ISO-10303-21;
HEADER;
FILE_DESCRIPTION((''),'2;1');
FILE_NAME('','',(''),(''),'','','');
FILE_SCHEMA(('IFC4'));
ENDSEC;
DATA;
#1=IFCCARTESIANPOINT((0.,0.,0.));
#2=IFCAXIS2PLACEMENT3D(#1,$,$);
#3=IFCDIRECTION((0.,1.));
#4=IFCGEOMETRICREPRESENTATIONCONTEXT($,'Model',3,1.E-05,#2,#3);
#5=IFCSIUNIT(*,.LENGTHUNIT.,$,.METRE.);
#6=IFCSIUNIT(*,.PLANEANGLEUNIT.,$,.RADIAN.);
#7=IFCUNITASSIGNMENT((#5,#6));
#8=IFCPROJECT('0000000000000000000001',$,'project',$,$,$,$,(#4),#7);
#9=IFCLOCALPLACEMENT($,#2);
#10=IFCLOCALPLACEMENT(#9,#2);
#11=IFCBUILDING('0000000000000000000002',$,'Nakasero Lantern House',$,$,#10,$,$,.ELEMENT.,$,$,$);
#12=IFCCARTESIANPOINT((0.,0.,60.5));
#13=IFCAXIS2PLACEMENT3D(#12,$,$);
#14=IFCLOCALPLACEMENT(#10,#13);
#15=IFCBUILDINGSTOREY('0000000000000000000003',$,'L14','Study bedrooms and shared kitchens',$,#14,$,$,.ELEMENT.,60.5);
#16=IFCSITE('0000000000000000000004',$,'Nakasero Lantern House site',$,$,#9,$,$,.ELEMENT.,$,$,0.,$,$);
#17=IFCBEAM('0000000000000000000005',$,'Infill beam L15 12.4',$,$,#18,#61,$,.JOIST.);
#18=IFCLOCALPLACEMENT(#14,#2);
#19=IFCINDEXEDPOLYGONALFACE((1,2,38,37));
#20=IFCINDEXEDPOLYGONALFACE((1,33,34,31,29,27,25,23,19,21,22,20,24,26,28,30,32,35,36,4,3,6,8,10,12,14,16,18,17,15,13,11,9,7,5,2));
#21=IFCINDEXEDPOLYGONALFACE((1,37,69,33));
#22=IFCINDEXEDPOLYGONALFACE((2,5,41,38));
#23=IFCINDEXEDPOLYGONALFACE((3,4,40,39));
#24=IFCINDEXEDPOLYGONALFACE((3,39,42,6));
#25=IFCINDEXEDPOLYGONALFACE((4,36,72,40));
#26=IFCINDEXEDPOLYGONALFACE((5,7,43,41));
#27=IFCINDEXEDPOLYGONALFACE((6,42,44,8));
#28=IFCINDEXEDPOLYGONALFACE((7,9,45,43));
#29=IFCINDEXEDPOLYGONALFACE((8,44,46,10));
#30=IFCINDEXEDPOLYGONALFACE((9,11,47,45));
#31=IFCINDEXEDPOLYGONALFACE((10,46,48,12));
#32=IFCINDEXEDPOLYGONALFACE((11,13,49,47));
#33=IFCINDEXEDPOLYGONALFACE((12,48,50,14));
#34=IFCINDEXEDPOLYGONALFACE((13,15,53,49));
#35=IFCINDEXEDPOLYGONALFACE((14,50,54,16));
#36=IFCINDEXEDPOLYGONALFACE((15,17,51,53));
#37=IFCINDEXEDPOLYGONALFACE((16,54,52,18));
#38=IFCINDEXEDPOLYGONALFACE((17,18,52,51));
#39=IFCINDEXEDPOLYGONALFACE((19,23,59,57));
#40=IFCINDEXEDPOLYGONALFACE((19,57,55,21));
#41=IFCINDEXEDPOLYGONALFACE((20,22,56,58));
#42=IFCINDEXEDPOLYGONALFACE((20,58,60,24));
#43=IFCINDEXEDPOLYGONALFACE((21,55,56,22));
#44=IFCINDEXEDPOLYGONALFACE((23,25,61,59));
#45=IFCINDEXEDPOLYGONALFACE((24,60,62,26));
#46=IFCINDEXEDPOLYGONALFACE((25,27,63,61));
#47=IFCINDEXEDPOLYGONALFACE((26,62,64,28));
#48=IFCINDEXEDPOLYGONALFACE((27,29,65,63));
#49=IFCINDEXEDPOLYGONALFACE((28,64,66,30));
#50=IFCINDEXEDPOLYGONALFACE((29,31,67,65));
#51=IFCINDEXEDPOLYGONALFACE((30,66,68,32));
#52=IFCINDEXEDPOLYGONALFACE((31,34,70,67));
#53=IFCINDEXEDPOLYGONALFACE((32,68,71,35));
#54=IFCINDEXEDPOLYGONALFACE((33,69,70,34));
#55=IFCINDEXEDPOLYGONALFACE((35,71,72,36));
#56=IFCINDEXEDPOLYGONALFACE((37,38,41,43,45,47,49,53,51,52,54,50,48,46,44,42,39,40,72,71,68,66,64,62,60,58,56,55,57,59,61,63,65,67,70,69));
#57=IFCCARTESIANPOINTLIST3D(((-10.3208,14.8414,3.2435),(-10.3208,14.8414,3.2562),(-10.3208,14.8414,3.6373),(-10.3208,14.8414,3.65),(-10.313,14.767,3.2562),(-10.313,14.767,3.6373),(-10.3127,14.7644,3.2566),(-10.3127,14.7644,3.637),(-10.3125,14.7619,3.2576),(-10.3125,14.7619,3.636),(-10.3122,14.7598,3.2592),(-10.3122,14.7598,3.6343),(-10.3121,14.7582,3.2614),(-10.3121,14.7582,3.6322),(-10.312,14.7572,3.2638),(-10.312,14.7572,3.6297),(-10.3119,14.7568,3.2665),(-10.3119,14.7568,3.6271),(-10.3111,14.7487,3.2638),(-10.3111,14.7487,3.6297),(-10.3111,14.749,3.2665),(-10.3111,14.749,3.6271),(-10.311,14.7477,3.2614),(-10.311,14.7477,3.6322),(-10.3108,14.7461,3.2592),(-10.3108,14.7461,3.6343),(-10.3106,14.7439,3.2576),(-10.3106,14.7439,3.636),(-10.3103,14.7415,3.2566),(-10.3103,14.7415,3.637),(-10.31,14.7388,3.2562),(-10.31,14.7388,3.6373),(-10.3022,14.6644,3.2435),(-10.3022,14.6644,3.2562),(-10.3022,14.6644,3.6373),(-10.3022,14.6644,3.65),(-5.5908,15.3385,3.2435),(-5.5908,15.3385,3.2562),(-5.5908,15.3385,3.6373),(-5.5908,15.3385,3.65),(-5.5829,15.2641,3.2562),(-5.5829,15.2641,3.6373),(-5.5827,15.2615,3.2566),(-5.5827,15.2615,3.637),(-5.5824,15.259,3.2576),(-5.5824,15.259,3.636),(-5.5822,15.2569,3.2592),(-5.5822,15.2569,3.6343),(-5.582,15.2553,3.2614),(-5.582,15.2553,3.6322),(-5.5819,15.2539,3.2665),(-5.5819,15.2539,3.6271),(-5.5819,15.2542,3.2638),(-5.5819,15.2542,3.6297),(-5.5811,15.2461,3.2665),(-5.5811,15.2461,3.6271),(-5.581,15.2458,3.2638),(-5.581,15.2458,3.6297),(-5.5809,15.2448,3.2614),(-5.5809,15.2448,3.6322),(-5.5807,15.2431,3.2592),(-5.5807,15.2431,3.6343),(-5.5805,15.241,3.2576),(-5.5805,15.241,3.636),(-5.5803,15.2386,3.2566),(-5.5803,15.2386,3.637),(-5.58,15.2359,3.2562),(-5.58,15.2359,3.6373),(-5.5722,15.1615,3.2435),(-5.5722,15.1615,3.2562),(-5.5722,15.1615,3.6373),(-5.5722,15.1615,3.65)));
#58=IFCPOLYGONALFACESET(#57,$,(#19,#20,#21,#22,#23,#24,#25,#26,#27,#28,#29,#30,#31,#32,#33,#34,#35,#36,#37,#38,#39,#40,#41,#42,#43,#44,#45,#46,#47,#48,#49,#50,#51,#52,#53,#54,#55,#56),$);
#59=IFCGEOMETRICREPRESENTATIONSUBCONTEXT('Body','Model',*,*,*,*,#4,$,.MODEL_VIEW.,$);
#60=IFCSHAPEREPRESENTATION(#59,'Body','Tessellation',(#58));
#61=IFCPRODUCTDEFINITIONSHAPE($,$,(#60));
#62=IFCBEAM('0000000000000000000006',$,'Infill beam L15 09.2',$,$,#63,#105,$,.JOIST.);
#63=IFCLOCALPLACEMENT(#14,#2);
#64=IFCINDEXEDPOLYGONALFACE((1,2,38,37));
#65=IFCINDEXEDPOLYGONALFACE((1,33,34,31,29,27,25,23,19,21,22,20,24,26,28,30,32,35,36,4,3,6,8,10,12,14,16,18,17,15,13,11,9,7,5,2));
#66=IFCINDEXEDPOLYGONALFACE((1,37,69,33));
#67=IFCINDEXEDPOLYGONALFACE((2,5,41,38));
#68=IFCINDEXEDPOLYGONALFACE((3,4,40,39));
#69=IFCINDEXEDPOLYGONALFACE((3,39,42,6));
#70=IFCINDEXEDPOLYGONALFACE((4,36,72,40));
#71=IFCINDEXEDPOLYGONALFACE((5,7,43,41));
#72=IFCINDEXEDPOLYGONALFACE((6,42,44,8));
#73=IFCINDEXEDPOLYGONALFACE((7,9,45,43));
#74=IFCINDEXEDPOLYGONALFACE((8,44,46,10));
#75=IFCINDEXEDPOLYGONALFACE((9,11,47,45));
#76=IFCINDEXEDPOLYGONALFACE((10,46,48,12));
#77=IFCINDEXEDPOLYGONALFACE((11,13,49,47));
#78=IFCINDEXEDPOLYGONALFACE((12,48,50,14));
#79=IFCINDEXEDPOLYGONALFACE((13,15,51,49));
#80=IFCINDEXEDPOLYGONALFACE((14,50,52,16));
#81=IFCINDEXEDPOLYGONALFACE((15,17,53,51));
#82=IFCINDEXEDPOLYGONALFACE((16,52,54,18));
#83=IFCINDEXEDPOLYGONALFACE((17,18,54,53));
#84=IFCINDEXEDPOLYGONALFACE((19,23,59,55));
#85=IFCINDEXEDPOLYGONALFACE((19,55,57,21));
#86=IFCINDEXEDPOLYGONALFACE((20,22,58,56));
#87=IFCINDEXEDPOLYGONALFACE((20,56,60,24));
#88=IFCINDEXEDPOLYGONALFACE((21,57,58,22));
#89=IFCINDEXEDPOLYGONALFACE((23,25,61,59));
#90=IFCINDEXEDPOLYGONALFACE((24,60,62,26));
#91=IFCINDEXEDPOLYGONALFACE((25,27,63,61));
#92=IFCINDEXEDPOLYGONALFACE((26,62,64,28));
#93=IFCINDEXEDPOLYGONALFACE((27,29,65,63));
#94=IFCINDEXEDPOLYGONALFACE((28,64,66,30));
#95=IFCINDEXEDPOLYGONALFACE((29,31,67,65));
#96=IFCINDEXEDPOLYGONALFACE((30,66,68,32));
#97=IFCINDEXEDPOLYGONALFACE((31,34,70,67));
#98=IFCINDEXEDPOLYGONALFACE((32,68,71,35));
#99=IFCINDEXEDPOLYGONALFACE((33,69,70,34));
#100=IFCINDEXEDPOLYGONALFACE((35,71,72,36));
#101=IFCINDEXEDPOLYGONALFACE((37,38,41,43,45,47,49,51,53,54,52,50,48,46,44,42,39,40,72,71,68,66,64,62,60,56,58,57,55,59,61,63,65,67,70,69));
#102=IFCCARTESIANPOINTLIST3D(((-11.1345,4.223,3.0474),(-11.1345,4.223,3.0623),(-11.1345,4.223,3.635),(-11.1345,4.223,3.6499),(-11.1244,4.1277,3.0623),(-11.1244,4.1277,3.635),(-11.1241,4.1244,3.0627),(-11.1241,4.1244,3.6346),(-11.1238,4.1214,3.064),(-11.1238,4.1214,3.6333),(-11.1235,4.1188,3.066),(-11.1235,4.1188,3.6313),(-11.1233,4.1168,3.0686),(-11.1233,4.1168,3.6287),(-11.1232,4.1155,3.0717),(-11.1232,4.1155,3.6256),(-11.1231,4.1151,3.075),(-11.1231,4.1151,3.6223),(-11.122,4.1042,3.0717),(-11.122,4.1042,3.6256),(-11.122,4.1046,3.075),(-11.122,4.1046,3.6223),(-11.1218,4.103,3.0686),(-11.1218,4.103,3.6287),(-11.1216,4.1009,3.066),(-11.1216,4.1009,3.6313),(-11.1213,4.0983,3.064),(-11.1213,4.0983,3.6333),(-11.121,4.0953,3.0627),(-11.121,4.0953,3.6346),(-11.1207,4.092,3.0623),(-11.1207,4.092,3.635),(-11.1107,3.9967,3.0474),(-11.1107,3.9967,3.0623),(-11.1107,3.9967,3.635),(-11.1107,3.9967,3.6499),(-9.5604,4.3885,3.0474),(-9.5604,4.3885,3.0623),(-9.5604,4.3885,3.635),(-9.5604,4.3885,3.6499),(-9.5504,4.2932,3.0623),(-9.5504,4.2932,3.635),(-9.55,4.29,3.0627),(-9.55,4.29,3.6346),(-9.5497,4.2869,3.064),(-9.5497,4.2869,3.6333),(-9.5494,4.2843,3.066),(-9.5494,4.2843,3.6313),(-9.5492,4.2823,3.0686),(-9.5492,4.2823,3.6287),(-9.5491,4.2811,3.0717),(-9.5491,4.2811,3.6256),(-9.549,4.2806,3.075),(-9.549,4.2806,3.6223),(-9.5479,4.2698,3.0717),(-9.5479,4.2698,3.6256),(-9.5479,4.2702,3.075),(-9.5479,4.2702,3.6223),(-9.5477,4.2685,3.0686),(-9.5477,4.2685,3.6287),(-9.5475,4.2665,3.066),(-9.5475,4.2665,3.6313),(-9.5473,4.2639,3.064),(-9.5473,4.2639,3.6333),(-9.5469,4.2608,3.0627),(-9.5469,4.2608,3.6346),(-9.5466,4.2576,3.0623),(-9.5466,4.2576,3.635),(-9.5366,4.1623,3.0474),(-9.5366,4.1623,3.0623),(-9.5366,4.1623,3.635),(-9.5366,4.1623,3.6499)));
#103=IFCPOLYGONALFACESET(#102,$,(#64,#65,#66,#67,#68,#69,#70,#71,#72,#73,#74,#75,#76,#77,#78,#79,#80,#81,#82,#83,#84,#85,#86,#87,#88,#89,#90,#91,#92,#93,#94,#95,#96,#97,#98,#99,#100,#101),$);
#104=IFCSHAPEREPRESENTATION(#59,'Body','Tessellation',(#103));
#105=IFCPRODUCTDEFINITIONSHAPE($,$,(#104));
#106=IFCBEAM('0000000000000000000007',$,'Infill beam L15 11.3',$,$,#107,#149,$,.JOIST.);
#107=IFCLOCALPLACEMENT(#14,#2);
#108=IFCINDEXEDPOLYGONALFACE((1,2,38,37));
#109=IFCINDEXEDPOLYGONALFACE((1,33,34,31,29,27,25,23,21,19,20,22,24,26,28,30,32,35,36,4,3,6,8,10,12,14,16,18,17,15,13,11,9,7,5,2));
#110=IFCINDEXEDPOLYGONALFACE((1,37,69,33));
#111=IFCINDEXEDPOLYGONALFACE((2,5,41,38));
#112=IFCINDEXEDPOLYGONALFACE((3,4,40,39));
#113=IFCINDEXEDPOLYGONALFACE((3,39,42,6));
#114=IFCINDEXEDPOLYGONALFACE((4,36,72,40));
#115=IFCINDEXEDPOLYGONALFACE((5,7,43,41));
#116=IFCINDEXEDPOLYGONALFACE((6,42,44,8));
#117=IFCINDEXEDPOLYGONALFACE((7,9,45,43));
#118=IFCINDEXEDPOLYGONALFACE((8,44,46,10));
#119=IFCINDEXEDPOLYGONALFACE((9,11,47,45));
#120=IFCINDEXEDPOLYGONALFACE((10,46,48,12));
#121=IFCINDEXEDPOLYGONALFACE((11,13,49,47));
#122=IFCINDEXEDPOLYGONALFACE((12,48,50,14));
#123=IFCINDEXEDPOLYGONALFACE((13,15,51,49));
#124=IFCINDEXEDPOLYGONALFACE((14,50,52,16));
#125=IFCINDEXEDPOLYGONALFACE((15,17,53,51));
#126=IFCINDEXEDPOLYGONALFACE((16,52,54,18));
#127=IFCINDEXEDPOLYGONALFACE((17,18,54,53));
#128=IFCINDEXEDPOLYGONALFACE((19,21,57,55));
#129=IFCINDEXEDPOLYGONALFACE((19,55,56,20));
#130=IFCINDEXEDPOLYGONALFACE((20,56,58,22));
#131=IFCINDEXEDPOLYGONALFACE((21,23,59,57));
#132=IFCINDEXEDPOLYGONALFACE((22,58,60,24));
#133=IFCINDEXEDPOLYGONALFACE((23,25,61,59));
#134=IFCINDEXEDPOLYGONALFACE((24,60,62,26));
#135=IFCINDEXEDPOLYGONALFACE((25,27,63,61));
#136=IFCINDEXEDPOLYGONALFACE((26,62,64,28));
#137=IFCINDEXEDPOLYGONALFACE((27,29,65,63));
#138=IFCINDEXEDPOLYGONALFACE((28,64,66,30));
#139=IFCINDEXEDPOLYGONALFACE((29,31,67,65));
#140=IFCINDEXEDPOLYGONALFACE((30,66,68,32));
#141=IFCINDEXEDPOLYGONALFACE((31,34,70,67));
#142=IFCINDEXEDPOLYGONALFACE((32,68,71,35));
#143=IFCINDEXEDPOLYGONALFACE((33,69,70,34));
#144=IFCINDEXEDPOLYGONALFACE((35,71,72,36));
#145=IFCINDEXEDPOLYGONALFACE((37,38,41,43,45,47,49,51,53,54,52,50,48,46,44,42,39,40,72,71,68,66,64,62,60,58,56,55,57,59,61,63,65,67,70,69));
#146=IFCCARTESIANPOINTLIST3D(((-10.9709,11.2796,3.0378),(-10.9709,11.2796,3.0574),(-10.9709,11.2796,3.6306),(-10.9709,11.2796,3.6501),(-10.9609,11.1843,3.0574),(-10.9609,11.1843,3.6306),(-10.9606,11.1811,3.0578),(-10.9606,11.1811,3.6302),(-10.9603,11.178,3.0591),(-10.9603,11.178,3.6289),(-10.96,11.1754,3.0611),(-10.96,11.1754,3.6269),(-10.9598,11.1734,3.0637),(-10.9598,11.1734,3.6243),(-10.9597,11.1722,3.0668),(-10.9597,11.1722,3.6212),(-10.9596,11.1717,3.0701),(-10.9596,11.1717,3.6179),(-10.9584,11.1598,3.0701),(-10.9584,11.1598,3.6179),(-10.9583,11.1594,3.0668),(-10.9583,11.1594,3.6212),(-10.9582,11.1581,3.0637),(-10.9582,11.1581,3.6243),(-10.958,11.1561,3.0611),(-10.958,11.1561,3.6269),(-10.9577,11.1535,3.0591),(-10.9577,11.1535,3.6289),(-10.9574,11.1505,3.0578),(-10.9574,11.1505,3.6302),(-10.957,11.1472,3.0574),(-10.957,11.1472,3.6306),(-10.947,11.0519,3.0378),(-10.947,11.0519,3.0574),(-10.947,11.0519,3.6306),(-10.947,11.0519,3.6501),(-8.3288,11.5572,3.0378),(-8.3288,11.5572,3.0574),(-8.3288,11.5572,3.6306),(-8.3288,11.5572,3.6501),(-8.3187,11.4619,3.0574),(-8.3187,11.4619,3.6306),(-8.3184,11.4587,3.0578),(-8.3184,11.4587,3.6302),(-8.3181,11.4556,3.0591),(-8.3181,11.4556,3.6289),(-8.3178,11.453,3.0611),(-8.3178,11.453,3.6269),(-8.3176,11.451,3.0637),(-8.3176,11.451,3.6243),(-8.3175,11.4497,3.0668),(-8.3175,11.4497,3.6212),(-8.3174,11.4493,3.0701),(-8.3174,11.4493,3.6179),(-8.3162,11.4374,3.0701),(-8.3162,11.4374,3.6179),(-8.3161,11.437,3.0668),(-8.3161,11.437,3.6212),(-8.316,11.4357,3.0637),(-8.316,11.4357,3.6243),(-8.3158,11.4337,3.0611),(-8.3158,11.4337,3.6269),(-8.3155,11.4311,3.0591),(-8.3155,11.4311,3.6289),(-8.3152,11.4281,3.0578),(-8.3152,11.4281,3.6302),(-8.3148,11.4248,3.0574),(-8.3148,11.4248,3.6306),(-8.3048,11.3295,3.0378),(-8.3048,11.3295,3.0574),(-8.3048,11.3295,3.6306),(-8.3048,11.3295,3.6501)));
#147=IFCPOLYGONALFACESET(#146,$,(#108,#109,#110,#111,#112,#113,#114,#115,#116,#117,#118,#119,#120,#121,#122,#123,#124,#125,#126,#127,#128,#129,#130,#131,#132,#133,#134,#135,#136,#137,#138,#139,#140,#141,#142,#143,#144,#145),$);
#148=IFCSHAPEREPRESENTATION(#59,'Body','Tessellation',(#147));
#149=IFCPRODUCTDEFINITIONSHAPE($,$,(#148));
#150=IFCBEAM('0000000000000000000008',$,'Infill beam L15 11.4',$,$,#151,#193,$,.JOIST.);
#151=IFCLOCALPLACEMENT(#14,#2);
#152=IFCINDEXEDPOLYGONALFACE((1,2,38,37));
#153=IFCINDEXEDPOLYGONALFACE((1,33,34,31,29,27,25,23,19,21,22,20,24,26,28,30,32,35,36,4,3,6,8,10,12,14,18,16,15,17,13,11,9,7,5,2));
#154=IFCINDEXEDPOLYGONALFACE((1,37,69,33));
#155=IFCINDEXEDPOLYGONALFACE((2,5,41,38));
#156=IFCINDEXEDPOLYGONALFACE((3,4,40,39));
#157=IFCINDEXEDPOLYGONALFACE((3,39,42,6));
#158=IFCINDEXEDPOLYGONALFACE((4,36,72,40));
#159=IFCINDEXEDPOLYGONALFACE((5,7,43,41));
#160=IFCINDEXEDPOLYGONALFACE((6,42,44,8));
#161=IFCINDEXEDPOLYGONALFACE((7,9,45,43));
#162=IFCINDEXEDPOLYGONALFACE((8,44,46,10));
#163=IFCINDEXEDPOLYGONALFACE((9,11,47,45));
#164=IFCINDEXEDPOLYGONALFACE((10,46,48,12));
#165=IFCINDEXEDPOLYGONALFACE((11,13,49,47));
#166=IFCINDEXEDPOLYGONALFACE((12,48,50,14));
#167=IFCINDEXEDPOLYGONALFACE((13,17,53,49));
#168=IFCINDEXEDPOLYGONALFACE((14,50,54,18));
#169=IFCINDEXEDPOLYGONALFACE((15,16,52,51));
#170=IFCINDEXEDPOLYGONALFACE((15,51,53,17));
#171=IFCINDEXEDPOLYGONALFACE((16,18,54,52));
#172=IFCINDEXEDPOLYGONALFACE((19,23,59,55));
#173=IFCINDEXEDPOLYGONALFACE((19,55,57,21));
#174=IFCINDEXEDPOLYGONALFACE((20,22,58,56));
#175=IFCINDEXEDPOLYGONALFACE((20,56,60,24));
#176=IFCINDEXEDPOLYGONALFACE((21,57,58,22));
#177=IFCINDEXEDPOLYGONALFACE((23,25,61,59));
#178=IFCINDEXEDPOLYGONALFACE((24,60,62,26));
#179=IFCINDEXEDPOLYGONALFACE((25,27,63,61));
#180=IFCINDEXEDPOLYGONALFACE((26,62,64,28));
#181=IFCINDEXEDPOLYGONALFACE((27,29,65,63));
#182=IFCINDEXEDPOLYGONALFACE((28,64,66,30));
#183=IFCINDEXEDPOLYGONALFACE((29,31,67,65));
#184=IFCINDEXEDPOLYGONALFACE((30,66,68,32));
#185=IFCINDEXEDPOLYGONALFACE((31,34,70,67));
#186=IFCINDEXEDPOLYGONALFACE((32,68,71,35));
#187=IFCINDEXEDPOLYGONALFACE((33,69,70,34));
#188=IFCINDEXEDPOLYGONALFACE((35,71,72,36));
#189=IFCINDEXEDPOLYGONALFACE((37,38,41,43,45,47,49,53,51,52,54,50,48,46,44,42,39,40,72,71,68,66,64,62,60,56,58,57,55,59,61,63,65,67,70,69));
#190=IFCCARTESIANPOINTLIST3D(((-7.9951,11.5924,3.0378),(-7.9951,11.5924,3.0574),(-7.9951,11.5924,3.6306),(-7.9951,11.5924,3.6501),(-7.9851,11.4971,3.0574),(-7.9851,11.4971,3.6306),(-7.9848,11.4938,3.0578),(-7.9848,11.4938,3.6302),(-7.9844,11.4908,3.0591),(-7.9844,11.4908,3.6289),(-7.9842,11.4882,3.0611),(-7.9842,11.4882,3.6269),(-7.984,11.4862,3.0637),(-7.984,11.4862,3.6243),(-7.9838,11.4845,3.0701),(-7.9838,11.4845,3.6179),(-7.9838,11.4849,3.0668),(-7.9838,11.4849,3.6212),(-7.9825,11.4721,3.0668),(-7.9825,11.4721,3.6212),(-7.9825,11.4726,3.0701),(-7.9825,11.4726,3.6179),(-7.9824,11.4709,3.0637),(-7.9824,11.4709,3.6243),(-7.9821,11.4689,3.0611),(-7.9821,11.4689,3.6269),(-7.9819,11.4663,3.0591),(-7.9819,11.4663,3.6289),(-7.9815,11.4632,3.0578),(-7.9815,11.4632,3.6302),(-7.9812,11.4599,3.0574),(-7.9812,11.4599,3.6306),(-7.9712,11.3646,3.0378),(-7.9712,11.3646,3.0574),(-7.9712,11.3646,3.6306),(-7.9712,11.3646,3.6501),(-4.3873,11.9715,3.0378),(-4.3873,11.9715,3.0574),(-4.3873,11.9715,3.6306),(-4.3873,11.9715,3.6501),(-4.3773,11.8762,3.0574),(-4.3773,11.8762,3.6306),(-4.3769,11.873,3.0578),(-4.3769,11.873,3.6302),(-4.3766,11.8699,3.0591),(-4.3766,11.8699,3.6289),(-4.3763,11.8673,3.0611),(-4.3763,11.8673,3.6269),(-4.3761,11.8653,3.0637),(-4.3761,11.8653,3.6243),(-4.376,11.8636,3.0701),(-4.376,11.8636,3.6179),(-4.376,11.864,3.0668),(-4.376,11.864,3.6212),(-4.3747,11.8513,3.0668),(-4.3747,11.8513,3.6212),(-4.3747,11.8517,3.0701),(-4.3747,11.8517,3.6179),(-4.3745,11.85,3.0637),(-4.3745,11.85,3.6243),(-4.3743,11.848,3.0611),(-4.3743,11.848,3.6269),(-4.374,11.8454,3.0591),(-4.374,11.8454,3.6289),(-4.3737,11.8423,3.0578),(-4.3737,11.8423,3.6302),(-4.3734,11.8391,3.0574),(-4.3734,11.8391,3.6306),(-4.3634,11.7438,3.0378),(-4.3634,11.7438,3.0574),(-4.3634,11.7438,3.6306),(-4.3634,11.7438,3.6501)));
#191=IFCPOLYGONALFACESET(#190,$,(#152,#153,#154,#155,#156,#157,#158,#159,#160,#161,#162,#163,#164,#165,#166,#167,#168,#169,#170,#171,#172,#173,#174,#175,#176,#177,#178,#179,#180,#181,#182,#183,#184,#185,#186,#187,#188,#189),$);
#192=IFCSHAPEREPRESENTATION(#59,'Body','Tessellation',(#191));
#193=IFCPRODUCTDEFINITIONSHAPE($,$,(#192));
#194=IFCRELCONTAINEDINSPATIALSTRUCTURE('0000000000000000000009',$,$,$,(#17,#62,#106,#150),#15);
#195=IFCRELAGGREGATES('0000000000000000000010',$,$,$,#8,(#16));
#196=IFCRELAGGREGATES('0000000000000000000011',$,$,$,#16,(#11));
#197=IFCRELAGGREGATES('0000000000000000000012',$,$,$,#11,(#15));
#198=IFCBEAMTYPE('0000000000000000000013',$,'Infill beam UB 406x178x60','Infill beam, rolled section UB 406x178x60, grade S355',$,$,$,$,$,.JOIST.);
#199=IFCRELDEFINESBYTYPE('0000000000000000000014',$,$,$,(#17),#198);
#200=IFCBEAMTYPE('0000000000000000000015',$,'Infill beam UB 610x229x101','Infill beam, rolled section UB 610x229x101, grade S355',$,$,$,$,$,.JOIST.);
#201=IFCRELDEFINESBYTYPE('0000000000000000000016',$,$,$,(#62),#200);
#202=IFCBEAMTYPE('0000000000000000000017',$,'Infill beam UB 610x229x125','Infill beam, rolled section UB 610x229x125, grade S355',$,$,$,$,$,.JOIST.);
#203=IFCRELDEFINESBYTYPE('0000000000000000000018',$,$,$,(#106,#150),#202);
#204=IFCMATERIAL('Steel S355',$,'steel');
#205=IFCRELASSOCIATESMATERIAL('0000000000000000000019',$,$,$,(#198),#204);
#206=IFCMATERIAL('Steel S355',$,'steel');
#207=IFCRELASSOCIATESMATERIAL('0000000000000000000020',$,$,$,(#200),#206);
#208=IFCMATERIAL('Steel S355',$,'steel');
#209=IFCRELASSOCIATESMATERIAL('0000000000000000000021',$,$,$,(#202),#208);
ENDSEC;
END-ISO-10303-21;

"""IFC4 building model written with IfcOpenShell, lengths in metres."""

from ifc_helpers import new_model, si_unit, direction, frame, origin, origin_2d, place, context, subcontext, project, spatial, i_section, extrude, material, material_profile, profile_set, type_object, element, save


model = new_model("IFC4")

# Units and contexts
model_context = context("Model", 3, precision=1e-05, world=origin(), true_north=direction((0.0, 1.0)))
body_context = subcontext(model_context, "Body", "Model", "MODEL_VIEW")
ifc_project = project(units=[si_unit("LENGTHUNIT", "METRE"), si_unit("PLANEANGLEUNIT", "RADIAN")], contexts=[model_context])

# Site, building, storey
site_placement = place(None, origin())
site = spatial("IfcSite", under=ifc_project, at=site_placement, Name="Nakasero Lantern House site", CompositionType="ELEMENT", RefElevation=0.0)
building_placement = place(site_placement, origin())
building = spatial("IfcBuilding", under=site, at=building_placement, Name="Nakasero Lantern House", CompositionType="ELEMENT")
storey_placement = place(building_placement, frame((0.0, 0.0, 60.5)))
storey = spatial("IfcBuildingStorey", under=building, at=storey_placement, Name="L14", Description="Study bedrooms and shared kitchens", CompositionType="ELEMENT", Elevation=60.5)

# Beams
ifc_material_1 = material(Name="Steel S355", Category="steel")
ifc_material_profile_1 = material_profile(ifc_material_1, i_section(OverallWidth=0.178, OverallDepth=0.4065, WebThickness=0.0078, FlangeThickness=0.0127, FilletRadius=0.0103, at=origin_2d()), Name="UB 406x178x60")
ifc_profile_set_1 = profile_set([ifc_material_profile_1], Name="Steel S355")
beam_type_1 = type_object("IfcBeamType", Name="Infill beam UB 406x178x60", Description="Infill beam, rolled section UB 406x178x60, grade S355", PredefinedType="JOIST", material=ifc_profile_set_1)
beam_1_placement = place(storey_placement, frame((-10.3115, 14.7529, 3.4468), z_axis=(0.994523, 0.104514, 0.0), x_axis=(-0.104514, 0.994523, 0.0)))
element("IfcBeam", 1, at=beam_1_placement, inside=storey, type_object=beam_type_1, Name="Infill beam L15 12.4", PredefinedType="JOIST", context=body_context, shape_type="SweptSolid", body=[
    extrude(i_section(OverallWidth=0.178, OverallDepth=0.4065, WebThickness=0.0078, FlangeThickness=0.0127, FilletRadius=0.0103, at=origin_2d()), origin(), (0.0, 0.0, 1.0), 4.7561),
])
ifc_material_2 = material(Name="Steel S355", Category="steel")
ifc_material_profile_2 = material_profile(ifc_material_2, i_section(OverallWidth=0.2275, OverallDepth=0.6025, WebThickness=0.0105, FlangeThickness=0.0149, FilletRadius=0.0127, at=origin_2d()), Name="UB 610x229x101")
ifc_profile_set_2 = profile_set([ifc_material_profile_2], Name="Steel S355")
beam_type_2 = type_object("IfcBeamType", Name="Infill beam UB 610x229x101", Description="Infill beam, rolled section UB 610x229x101, grade S355", PredefinedType="JOIST", material=ifc_profile_set_2)
beam_2_placement = place(storey_placement, frame((-11.1226, 4.1099, 3.3486), z_axis=(0.994516, 0.104588, 0.0), x_axis=(-0.104588, 0.994516, 0.0)))
element("IfcBeam", 2, at=beam_2_placement, inside=storey, type_object=beam_type_2, Name="Infill beam L15 09.2", PredefinedType="JOIST", context=body_context, shape_type="SweptSolid", body=[
    extrude(i_section(OverallWidth=0.2275, OverallDepth=0.6025, WebThickness=0.0105, FlangeThickness=0.0149, FilletRadius=0.0127, at=origin_2d()), origin(), (0.0, 0.0, 1.0), 1.5828),
])
ifc_material_3 = material(Name="Steel S355", Category="steel")
ifc_material_profile_3 = material_profile(ifc_material_3, i_section(OverallWidth=0.229, OverallDepth=0.6123, WebThickness=0.012, FlangeThickness=0.0195, FilletRadius=0.0127, at=origin_2d()), Name="UB 610x229x125")
ifc_profile_set_3 = profile_set([ifc_material_profile_3], Name="Steel S355")
beam_type_3 = type_object("IfcBeamType", Name="Infill beam UB 610x229x125", Description="Infill beam, rolled section UB 610x229x125, grade S355", PredefinedType="JOIST", material=ifc_profile_set_3)
beam_3_placement = place(storey_placement, frame((-10.959, 11.1658, 3.344), z_axis=(0.994526, 0.104489, 0.0), x_axis=(-0.104489, 0.994526, 0.0)))
element("IfcBeam", 3, at=beam_3_placement, inside=storey, type_object=beam_type_3, Name="Infill beam L15 11.3", PredefinedType="JOIST", context=body_context, shape_type="SweptSolid", body=[
    extrude(i_section(OverallWidth=0.229, OverallDepth=0.6123, WebThickness=0.012, FlangeThickness=0.0195, FilletRadius=0.0127, at=origin_2d()), origin(), (0.0, 0.0, 1.0), 2.6567),
])
beam_4_placement = place(storey_placement, frame((-7.9832, 11.4785, 3.344), z_axis=(0.994524, 0.104513, 0.0), x_axis=(-0.104513, 0.994524, 0.0)))
element("IfcBeam", 4, at=beam_4_placement, inside=storey, type_object=beam_type_3, Name="Infill beam L15 11.4", PredefinedType="JOIST", context=body_context, shape_type="SweptSolid", body=[
    extrude(i_section(OverallWidth=0.229, OverallDepth=0.6123, WebThickness=0.012, FlangeThickness=0.0195, FilletRadius=0.0127, at=origin_2d()), origin(), (0.0, 0.0, 1.0), 3.6277),
])

save(model, "model.ifc")
